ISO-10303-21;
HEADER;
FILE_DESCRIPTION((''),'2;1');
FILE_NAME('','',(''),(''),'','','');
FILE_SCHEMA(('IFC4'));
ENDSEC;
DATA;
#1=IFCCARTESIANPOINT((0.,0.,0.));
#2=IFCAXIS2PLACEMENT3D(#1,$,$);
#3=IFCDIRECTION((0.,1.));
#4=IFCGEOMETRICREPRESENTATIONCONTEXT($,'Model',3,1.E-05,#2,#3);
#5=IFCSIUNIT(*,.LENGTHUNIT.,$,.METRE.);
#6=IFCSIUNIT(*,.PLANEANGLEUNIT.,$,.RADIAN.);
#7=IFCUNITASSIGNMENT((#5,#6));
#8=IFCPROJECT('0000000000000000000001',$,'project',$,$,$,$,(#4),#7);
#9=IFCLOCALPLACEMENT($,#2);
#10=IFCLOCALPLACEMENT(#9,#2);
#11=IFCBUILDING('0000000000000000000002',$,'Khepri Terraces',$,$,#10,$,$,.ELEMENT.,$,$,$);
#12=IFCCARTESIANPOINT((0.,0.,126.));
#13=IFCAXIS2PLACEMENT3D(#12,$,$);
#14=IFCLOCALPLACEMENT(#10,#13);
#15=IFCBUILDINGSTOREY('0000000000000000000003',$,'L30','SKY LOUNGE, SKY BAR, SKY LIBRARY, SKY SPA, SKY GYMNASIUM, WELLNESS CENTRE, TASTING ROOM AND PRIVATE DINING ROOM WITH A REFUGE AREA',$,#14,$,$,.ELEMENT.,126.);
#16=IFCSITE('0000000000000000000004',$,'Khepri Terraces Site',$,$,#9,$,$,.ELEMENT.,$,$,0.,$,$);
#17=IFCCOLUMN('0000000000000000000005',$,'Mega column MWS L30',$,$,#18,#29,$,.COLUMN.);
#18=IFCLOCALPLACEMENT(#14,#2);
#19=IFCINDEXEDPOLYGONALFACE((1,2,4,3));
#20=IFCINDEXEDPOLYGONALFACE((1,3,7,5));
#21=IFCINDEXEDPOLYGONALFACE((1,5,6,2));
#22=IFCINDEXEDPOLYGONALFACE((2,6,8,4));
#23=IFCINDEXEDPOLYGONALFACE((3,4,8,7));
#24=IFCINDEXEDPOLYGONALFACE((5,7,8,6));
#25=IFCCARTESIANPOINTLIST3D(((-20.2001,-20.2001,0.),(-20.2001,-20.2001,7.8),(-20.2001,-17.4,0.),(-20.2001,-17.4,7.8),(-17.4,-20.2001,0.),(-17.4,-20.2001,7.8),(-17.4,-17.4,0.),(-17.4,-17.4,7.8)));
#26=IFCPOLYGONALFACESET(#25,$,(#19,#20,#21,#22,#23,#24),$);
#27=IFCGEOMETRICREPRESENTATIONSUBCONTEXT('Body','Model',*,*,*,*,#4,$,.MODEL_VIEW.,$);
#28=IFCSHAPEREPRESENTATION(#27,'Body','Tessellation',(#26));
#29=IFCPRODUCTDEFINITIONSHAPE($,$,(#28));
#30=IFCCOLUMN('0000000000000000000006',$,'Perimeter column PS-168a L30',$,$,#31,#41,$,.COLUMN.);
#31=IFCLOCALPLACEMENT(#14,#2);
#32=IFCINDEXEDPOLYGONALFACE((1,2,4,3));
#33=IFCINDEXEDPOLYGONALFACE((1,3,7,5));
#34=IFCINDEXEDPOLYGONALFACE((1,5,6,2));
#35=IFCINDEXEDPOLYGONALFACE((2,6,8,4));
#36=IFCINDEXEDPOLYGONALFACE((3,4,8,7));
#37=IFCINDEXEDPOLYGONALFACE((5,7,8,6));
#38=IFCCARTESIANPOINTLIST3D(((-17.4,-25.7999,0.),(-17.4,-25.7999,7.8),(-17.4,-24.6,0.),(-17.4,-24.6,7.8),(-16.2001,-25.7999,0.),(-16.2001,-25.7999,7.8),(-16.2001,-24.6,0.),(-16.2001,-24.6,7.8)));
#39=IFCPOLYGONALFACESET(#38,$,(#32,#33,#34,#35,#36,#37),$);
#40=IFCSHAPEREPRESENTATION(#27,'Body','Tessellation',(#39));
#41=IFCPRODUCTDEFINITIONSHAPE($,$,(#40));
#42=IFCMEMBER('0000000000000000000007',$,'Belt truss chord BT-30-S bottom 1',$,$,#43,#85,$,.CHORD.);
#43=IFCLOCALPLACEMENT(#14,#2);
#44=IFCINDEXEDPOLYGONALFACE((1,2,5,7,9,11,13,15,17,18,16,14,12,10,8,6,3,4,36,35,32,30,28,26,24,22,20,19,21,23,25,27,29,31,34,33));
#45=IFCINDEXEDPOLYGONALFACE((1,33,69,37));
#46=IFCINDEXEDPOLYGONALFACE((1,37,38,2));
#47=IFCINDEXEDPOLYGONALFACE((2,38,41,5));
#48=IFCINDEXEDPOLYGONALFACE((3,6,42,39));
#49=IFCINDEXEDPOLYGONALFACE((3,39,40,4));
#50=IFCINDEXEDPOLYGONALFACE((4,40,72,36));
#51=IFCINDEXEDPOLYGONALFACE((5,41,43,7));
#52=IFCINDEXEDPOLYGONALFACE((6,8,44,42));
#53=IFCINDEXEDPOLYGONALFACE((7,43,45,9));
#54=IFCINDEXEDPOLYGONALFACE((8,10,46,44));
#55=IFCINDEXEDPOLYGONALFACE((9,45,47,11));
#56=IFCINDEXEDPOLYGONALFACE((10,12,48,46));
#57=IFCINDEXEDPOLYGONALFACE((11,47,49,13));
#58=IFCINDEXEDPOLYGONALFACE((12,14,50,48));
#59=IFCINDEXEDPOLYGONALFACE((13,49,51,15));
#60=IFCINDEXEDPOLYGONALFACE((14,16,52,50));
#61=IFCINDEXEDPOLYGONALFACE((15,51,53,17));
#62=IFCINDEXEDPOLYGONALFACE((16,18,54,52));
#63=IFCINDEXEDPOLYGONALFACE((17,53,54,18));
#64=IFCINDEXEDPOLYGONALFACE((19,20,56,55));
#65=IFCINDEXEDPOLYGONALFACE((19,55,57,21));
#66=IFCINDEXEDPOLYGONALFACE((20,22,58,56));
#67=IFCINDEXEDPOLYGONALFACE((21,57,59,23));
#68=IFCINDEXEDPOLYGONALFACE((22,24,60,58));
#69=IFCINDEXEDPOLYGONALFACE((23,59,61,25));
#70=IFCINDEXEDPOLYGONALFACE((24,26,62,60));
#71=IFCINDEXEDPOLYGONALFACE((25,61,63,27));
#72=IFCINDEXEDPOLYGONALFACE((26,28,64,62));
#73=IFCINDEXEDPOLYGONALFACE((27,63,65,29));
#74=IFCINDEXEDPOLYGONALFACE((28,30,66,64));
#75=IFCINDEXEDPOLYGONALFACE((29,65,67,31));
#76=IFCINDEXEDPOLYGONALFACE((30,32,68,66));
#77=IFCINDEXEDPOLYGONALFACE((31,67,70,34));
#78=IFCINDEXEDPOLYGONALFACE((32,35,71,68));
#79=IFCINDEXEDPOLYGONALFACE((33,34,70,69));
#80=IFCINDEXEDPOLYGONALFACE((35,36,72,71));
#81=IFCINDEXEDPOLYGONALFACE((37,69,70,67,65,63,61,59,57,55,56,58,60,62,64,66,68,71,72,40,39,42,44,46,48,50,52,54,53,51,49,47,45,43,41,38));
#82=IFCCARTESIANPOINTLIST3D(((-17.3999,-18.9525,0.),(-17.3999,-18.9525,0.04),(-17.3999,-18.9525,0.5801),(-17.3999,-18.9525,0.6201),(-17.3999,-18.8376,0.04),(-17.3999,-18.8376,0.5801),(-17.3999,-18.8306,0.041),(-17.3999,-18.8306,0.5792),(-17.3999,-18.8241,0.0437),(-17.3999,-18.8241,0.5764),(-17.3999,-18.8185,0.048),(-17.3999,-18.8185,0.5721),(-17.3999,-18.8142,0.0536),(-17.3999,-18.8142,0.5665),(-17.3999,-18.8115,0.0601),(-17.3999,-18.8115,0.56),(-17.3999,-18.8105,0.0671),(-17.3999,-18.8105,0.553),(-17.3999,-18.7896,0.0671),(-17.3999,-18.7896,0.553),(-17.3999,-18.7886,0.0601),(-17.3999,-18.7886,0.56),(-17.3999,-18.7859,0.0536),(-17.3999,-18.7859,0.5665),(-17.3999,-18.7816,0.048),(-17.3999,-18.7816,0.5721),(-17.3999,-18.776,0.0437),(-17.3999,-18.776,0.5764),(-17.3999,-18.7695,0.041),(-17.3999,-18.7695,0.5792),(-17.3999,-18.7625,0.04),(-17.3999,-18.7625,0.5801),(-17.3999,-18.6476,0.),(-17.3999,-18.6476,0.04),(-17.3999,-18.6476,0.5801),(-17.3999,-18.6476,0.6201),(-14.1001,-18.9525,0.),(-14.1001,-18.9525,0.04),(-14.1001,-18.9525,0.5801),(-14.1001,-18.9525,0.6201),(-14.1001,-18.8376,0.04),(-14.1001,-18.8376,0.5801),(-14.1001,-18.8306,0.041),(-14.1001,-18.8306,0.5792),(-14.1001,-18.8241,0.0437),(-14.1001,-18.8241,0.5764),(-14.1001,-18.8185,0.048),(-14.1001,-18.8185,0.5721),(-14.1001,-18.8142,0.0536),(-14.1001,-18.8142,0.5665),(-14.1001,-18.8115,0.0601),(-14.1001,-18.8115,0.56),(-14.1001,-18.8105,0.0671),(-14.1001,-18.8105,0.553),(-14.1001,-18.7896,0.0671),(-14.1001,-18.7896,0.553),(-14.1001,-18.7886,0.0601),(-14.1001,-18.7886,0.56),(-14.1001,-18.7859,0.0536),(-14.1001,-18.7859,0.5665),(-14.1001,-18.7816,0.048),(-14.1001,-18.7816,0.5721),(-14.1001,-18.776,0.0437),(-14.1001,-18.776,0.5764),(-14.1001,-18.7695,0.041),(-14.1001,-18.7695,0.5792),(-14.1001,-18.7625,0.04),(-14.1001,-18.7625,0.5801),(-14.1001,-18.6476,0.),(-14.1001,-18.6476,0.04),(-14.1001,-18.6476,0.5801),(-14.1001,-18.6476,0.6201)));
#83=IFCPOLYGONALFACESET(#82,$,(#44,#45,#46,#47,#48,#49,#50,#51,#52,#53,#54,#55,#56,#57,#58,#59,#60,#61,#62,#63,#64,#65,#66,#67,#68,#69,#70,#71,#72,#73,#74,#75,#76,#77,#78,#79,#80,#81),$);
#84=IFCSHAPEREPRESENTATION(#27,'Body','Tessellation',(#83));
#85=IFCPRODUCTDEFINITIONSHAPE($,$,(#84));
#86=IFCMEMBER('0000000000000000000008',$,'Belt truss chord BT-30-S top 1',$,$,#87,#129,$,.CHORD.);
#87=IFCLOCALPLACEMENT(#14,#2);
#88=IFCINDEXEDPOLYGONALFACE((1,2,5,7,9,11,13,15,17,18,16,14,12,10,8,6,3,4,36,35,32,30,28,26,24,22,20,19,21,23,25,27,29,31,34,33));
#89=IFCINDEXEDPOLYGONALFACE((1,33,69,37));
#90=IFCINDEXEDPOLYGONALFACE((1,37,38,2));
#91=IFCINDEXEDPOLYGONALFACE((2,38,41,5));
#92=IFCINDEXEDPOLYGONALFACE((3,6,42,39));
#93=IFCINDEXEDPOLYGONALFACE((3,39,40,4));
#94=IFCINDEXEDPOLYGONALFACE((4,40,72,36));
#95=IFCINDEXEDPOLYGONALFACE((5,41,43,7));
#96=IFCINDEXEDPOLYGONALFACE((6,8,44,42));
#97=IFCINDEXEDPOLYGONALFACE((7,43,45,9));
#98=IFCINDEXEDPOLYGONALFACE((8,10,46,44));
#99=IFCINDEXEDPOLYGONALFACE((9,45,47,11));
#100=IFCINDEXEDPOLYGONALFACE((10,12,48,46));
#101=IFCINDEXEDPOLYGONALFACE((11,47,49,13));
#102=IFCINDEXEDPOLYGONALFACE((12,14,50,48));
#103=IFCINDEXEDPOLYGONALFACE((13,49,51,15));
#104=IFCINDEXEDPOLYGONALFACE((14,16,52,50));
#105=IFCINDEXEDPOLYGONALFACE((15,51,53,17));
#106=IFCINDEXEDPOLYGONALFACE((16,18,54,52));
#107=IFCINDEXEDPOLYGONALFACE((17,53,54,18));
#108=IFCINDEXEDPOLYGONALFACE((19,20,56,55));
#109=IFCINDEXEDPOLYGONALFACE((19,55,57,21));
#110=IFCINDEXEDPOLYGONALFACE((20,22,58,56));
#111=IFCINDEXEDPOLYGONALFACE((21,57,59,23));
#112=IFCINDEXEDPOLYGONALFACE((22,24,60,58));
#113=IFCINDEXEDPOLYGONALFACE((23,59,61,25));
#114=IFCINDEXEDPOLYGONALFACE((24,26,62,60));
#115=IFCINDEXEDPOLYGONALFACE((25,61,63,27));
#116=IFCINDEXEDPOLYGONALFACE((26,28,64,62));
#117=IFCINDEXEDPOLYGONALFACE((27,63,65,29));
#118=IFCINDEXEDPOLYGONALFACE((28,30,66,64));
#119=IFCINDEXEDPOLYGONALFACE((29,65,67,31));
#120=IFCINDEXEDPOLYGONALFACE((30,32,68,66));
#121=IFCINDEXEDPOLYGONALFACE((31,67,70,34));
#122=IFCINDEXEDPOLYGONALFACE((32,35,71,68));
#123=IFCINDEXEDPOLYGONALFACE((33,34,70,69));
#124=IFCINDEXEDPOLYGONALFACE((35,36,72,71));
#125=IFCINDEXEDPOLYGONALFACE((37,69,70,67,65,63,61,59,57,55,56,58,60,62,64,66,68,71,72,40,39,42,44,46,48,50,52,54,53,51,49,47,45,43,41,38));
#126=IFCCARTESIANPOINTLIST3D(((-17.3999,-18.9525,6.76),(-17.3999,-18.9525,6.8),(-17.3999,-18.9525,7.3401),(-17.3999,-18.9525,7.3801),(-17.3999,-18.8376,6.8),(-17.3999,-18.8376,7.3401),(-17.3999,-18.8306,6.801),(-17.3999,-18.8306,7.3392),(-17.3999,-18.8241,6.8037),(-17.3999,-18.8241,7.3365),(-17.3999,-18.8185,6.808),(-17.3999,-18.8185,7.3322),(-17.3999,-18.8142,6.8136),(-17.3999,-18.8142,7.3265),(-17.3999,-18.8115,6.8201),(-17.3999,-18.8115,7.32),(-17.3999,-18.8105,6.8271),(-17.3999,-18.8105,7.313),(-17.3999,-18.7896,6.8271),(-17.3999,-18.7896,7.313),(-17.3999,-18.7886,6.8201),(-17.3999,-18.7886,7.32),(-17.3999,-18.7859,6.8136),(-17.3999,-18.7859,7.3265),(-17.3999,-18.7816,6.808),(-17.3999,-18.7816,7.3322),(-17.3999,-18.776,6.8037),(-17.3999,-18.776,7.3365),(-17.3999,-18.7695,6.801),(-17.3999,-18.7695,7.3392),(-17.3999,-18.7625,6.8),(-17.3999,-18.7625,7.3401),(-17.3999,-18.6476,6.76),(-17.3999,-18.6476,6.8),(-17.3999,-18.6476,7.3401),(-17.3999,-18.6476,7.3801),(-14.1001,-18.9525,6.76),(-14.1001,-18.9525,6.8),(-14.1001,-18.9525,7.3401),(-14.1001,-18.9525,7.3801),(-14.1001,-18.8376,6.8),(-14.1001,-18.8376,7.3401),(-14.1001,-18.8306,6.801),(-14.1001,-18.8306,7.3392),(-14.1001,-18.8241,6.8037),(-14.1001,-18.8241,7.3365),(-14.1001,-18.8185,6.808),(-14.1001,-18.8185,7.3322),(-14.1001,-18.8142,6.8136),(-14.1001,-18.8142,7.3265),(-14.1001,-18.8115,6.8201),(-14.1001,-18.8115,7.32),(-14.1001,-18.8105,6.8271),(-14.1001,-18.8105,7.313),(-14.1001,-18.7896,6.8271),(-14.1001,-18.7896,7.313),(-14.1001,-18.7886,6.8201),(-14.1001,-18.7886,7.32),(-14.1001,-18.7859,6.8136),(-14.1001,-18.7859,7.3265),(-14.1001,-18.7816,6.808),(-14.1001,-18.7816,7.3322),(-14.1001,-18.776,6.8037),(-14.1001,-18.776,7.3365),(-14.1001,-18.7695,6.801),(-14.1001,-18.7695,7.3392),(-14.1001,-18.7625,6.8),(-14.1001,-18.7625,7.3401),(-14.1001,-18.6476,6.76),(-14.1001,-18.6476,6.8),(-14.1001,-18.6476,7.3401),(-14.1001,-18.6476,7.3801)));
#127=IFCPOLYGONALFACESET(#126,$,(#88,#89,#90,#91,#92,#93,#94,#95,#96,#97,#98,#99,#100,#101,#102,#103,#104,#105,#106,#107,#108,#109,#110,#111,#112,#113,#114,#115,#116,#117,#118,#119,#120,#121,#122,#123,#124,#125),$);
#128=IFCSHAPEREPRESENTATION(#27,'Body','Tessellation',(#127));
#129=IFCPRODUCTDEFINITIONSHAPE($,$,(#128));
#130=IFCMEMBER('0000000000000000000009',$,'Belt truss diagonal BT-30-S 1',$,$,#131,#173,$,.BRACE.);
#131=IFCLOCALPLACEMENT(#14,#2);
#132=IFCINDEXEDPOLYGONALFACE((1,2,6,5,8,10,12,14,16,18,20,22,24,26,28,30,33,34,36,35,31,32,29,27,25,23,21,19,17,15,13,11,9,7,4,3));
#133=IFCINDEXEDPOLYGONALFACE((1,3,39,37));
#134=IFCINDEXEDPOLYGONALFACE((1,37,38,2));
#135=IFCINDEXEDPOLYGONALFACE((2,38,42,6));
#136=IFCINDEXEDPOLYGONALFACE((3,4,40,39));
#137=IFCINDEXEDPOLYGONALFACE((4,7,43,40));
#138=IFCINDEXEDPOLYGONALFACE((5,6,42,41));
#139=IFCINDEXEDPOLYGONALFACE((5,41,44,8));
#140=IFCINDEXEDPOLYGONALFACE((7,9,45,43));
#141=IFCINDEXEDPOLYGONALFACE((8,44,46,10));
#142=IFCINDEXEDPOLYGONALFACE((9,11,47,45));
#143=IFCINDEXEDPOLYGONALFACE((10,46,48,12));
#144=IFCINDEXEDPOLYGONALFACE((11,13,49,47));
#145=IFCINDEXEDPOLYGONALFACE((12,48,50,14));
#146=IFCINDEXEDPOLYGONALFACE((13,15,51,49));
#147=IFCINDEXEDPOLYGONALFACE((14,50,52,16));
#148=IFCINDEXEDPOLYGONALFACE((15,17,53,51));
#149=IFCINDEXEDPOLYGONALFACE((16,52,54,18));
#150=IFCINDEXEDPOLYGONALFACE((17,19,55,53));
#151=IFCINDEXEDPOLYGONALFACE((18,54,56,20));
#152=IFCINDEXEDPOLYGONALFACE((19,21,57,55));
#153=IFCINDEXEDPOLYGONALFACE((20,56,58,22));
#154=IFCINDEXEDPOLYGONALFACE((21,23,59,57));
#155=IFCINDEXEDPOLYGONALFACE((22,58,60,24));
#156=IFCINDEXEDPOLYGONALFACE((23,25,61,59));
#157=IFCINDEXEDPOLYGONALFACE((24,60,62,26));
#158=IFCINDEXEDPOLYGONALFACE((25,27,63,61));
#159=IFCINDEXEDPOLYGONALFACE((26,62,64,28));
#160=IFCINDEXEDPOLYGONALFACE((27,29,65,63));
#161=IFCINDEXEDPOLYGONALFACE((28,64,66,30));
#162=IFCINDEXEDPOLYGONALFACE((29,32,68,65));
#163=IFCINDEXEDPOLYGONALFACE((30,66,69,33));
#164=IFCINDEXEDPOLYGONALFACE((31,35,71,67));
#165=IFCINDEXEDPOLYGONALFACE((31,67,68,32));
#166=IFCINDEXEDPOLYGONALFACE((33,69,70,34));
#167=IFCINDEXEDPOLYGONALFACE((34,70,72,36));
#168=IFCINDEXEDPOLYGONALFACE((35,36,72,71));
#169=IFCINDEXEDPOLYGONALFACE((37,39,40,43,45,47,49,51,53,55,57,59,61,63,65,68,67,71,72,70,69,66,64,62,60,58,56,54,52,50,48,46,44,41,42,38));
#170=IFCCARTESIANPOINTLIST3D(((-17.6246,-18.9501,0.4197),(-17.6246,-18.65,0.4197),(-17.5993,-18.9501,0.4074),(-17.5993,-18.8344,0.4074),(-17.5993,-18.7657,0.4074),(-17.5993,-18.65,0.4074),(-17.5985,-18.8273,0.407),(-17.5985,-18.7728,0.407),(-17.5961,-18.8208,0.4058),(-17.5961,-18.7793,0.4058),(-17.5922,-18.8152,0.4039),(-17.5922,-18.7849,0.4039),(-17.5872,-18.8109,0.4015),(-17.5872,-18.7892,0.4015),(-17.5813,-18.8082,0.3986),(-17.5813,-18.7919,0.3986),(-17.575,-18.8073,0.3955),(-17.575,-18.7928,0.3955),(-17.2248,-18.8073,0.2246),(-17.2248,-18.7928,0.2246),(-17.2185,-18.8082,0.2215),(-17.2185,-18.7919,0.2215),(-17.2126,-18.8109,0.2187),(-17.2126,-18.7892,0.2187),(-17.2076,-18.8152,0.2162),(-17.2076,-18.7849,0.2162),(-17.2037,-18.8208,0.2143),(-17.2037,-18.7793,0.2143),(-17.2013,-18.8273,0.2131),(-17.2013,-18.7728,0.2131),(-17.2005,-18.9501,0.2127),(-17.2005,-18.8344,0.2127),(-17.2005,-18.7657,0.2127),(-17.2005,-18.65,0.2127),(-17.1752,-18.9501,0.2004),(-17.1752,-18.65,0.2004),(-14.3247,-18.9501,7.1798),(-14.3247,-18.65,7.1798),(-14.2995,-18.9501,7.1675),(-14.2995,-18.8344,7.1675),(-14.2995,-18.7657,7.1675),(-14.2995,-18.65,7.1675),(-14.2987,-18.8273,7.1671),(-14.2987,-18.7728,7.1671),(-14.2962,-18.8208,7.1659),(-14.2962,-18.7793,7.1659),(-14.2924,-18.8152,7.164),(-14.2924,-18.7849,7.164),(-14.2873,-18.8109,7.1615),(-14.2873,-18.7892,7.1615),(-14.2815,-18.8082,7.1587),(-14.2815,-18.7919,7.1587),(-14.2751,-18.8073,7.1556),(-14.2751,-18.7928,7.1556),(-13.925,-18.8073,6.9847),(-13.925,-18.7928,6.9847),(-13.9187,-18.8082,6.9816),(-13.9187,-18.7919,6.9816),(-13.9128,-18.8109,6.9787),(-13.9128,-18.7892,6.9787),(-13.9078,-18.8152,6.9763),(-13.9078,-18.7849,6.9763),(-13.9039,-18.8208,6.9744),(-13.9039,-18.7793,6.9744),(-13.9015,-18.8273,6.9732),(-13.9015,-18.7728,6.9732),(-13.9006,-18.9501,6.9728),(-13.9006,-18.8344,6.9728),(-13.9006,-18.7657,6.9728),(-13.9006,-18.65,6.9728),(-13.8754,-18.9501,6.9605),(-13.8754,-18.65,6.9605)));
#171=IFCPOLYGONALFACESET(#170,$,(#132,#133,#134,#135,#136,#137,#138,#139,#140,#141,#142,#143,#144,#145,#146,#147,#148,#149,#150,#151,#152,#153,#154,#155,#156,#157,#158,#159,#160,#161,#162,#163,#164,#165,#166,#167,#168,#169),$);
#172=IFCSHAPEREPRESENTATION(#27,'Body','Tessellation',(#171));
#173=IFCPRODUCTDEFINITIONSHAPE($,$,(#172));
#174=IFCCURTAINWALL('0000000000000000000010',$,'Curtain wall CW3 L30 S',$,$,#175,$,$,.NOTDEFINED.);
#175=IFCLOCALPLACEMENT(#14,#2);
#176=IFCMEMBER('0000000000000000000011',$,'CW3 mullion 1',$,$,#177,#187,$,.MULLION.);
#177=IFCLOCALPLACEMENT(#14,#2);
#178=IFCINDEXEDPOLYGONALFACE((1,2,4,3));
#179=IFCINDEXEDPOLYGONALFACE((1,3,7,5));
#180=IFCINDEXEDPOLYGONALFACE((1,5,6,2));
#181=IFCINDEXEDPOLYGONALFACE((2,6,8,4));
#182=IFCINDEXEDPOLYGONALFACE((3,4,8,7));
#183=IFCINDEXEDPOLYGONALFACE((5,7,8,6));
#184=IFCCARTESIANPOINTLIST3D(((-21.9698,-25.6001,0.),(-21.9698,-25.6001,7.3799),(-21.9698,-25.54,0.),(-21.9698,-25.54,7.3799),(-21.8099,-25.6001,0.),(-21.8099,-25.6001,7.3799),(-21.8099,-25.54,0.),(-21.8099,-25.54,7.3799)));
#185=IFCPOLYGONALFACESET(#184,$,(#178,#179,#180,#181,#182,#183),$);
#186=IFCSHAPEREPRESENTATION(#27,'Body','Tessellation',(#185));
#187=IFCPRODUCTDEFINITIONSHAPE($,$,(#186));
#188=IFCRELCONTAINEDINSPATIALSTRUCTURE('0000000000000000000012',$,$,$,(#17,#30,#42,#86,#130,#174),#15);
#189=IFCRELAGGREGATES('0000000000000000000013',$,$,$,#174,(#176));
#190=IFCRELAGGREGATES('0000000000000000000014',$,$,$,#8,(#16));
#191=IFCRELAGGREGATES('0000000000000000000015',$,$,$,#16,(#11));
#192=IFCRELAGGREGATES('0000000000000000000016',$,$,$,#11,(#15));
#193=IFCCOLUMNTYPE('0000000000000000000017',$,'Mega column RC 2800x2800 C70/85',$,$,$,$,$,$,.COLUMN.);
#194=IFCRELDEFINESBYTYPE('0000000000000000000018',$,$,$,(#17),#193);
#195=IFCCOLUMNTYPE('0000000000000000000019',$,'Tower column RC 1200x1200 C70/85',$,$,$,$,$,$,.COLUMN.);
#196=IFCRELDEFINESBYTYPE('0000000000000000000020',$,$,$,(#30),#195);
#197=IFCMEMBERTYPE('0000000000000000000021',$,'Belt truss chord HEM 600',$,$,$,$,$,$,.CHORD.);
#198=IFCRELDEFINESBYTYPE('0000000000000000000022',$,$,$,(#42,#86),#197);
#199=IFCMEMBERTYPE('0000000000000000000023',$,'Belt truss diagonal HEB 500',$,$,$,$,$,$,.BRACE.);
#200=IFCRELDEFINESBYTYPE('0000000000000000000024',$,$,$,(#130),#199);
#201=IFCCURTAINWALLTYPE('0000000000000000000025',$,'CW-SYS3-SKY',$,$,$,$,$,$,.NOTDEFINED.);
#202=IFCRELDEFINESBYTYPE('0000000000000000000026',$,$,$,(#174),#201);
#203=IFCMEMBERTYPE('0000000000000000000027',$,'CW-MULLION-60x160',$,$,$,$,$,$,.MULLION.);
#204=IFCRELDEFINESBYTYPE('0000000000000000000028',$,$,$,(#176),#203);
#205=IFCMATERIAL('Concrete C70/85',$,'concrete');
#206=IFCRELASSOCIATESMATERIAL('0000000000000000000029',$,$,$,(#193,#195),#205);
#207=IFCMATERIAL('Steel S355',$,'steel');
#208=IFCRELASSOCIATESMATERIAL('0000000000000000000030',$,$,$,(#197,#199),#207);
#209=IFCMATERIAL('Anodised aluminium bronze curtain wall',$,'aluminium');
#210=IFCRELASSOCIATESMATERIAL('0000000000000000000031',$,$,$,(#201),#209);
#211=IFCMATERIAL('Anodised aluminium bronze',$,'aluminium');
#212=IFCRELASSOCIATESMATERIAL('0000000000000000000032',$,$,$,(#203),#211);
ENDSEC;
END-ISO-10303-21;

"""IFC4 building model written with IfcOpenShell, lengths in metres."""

from ifc_helpers import new_model, si_unit, direction, frame, origin, origin_2d, place, context, subcontext, project, spatial, rectangle, i_section, extrude, material, material_profile, profile_set, type_object, element, aggregate, save


model = new_model("IFC4")

# Units and contexts
model_context = context("Model", 3, precision=1e-05, world=origin(), true_north=direction((0.0, 1.0)))
body_context = subcontext(model_context, "Body", "Model", "MODEL_VIEW")
ifc_project = project(units=[si_unit("LENGTHUNIT", "METRE"), si_unit("PLANEANGLEUNIT", "RADIAN")], contexts=[model_context])

# Site, building, storey
site_placement = place(None, origin())
site = spatial("IfcSite", under=ifc_project, at=site_placement, Name="Khepri Terraces Site", CompositionType="ELEMENT", RefElevation=0.0)
building_placement = place(site_placement, origin())
building = spatial("IfcBuilding", under=site, at=building_placement, Name="Khepri Terraces", CompositionType="ELEMENT")
storey_placement = place(building_placement, frame((0.0, 0.0, 126.0)))
storey = spatial("IfcBuildingStorey", under=building, at=storey_placement, Name="L30", Description="SKY LOUNGE, SKY BAR, SKY LIBRARY, SKY SPA, SKY GYMNASIUM, WELLNESS CENTRE, TASTING ROOM AND PRIVATE DINING ROOM WITH A REFUGE AREA", CompositionType="ELEMENT", Elevation=126.0)

# Columns
ifc_material_1 = material(Name="Concrete C70/85", Category="concrete")
ifc_material_profile_1 = material_profile(ifc_material_1, rectangle(XDim=2.8, YDim=2.8, at=origin_2d()), Name="Concrete C70/85", Category="concrete")
ifc_profile_set_1 = profile_set([ifc_material_profile_1], Name="Concrete C70/85")
column_type_1 = type_object("IfcColumnType", Name="Mega column RC 2800x2800 C70/85", PredefinedType="COLUMN", material=ifc_profile_set_1)
column_1_placement = place(storey_placement, frame((-18.8, -18.8, 0.0), z_axis=(0.0, 0.0, 1.0), x_axis=(1.0, 0.0, 0.0)))
element("IfcColumn", 1, at=column_1_placement, inside=storey, type_object=column_type_1, Name="Mega column MWS L30", PredefinedType="COLUMN", context=body_context, shape_type="SweptSolid", body=[
    extrude(rectangle(XDim=2.8, YDim=2.8, at=origin_2d()), origin(), (0.0, 0.0, 1.0), 7.8),
])
ifc_material_profile_2 = material_profile(ifc_material_1, rectangle(XDim=1.2, YDim=1.2, at=origin_2d()), Name="Concrete C70/85", Category="concrete")
ifc_profile_set_2 = profile_set([ifc_material_profile_2], Name="Concrete C70/85")
column_type_2 = type_object("IfcColumnType", Name="Tower column RC 1200x1200 C70/85", PredefinedType="COLUMN", material=ifc_profile_set_2)
column_2_placement = place(storey_placement, frame((-16.8, -25.2, 0.0), z_axis=(0.0, 0.0, 1.0), x_axis=(1.0, 0.0, 0.0)))
element("IfcColumn", 2, at=column_2_placement, inside=storey, type_object=column_type_2, Name="Perimeter column PS-168a L30", PredefinedType="COLUMN", context=body_context, shape_type="SweptSolid", body=[
    extrude(rectangle(XDim=1.2, YDim=1.2, at=origin_2d()), origin(), (0.0, 0.0, 1.0), 7.8),
])

# Members
ifc_material_2 = material(Name="Steel S355", Category="steel")
ifc_material_profile_3 = material_profile(ifc_material_2, i_section(OverallWidth=0.3049, OverallDepth=0.6201, WebThickness=0.021, FlangeThickness=0.04, FilletRadius=0.0271, at=origin_2d()), Name="Steel S355", Category="steel")
ifc_profile_set_3 = profile_set([ifc_material_profile_3], Name="Steel S355")
member_type_1 = type_object("IfcMemberType", Name="Belt truss chord HEM 600", PredefinedType="CHORD", material=ifc_profile_set_3)
for number, where, z_axis, x_axis, name in (
    (3, (-17.3999, -18.8, 0.3101), (1.0, 0.0, 0.0), (0.0, 1.0, 0.0), "Belt truss chord BT-30-S bottom 1"),
    (4, (-17.3999, -18.8, 7.0701), (1.0, 0.0, 0.0), (0.0, 1.0, 0.0), "Belt truss chord BT-30-S top 1"),
):
    element("IfcMember", number, at=place(storey_placement, frame(where, z_axis=z_axis, x_axis=x_axis)), inside=storey, type_object=member_type_1, Name=name, PredefinedType="CHORD", context=body_context, shape_type="SweptSolid", body=[
        extrude(i_section(OverallWidth=0.3049, OverallDepth=0.6201, WebThickness=0.021, FlangeThickness=0.04, FilletRadius=0.0271, at=origin_2d()), origin(), (0.0, 0.0, 1.0), 3.2998),
    ])
ifc_material_profile_4 = material_profile(ifc_material_2, i_section(OverallWidth=0.3, OverallDepth=0.5, WebThickness=0.0144, FlangeThickness=0.0281, FilletRadius=0.0271, at=origin_2d()), Name="Steel S355", Category="steel")
ifc_profile_set_4 = profile_set([ifc_material_profile_4], Name="Steel S355")
member_type_2 = type_object("IfcMemberType", Name="Belt truss diagonal HEB 500", PredefinedType="BRACE", material=ifc_profile_set_4)
member_1_placement = place(storey_placement, frame((-17.3999, -18.8, 0.3101), z_axis=(0.438664, 0.0, 0.898651), x_axis=(0.0, 1.0, 0.0)))
element("IfcMember", 5, at=member_1_placement, inside=storey, type_object=member_type_2, Name="Belt truss diagonal BT-30-S 1", PredefinedType="BRACE", context=body_context, shape_type="SweptSolid", body=[
    extrude(i_section(OverallWidth=0.3, OverallDepth=0.5, WebThickness=0.0144, FlangeThickness=0.0281, FilletRadius=0.0271, at=origin_2d()), origin(), (0.0, 0.0, 1.0), 7.5225),
])

# Curtain wall, member
ifc_material_3 = material(Name="Anodised aluminium bronze curtain wall", Category="aluminium")
curtain_wall_type = type_object("IfcCurtainWallType", Name="CW-SYS3-SKY", PredefinedType="NOTDEFINED", material=ifc_material_3)
curtain_wall_1_placement = place(storey_placement, origin())
curtain_wall_1 = element("IfcCurtainWall", 6, at=curtain_wall_1_placement, inside=storey, type_object=curtain_wall_type, Name="Curtain wall CW3 L30 S", PredefinedType="NOTDEFINED")
ifc_material_4 = material(Name="Anodised aluminium bronze", Category="aluminium")
ifc_material_profile_5 = material_profile(ifc_material_4, rectangle(XDim=0.0601, YDim=0.1599, at=origin_2d()), Name="Anodised aluminium bronze", Category="aluminium")
ifc_profile_set_5 = profile_set([ifc_material_profile_5], Name="Anodised aluminium bronze")
member_type_3 = type_object("IfcMemberType", Name="CW-MULLION-60x160", PredefinedType="MULLION", material=ifc_profile_set_5)
member_2_placement = place(storey_placement, frame((-21.8899, -25.5701, 0.0), z_axis=(0.0, 0.0, 1.0), x_axis=(0.0, 1.0, 0.0)))
member_2 = element("IfcMember", 7, at=member_2_placement, type_object=member_type_3, Name="CW3 mullion 1", PredefinedType="MULLION", context=body_context, shape_type="SweptSolid", body=[
    extrude(rectangle(XDim=0.0601, YDim=0.1599, at=origin_2d()), origin(), (0.0, 0.0, 1.0), 7.3799),
])

aggregate(curtain_wall_1, [member_2])

save(model, "model.ifc")
